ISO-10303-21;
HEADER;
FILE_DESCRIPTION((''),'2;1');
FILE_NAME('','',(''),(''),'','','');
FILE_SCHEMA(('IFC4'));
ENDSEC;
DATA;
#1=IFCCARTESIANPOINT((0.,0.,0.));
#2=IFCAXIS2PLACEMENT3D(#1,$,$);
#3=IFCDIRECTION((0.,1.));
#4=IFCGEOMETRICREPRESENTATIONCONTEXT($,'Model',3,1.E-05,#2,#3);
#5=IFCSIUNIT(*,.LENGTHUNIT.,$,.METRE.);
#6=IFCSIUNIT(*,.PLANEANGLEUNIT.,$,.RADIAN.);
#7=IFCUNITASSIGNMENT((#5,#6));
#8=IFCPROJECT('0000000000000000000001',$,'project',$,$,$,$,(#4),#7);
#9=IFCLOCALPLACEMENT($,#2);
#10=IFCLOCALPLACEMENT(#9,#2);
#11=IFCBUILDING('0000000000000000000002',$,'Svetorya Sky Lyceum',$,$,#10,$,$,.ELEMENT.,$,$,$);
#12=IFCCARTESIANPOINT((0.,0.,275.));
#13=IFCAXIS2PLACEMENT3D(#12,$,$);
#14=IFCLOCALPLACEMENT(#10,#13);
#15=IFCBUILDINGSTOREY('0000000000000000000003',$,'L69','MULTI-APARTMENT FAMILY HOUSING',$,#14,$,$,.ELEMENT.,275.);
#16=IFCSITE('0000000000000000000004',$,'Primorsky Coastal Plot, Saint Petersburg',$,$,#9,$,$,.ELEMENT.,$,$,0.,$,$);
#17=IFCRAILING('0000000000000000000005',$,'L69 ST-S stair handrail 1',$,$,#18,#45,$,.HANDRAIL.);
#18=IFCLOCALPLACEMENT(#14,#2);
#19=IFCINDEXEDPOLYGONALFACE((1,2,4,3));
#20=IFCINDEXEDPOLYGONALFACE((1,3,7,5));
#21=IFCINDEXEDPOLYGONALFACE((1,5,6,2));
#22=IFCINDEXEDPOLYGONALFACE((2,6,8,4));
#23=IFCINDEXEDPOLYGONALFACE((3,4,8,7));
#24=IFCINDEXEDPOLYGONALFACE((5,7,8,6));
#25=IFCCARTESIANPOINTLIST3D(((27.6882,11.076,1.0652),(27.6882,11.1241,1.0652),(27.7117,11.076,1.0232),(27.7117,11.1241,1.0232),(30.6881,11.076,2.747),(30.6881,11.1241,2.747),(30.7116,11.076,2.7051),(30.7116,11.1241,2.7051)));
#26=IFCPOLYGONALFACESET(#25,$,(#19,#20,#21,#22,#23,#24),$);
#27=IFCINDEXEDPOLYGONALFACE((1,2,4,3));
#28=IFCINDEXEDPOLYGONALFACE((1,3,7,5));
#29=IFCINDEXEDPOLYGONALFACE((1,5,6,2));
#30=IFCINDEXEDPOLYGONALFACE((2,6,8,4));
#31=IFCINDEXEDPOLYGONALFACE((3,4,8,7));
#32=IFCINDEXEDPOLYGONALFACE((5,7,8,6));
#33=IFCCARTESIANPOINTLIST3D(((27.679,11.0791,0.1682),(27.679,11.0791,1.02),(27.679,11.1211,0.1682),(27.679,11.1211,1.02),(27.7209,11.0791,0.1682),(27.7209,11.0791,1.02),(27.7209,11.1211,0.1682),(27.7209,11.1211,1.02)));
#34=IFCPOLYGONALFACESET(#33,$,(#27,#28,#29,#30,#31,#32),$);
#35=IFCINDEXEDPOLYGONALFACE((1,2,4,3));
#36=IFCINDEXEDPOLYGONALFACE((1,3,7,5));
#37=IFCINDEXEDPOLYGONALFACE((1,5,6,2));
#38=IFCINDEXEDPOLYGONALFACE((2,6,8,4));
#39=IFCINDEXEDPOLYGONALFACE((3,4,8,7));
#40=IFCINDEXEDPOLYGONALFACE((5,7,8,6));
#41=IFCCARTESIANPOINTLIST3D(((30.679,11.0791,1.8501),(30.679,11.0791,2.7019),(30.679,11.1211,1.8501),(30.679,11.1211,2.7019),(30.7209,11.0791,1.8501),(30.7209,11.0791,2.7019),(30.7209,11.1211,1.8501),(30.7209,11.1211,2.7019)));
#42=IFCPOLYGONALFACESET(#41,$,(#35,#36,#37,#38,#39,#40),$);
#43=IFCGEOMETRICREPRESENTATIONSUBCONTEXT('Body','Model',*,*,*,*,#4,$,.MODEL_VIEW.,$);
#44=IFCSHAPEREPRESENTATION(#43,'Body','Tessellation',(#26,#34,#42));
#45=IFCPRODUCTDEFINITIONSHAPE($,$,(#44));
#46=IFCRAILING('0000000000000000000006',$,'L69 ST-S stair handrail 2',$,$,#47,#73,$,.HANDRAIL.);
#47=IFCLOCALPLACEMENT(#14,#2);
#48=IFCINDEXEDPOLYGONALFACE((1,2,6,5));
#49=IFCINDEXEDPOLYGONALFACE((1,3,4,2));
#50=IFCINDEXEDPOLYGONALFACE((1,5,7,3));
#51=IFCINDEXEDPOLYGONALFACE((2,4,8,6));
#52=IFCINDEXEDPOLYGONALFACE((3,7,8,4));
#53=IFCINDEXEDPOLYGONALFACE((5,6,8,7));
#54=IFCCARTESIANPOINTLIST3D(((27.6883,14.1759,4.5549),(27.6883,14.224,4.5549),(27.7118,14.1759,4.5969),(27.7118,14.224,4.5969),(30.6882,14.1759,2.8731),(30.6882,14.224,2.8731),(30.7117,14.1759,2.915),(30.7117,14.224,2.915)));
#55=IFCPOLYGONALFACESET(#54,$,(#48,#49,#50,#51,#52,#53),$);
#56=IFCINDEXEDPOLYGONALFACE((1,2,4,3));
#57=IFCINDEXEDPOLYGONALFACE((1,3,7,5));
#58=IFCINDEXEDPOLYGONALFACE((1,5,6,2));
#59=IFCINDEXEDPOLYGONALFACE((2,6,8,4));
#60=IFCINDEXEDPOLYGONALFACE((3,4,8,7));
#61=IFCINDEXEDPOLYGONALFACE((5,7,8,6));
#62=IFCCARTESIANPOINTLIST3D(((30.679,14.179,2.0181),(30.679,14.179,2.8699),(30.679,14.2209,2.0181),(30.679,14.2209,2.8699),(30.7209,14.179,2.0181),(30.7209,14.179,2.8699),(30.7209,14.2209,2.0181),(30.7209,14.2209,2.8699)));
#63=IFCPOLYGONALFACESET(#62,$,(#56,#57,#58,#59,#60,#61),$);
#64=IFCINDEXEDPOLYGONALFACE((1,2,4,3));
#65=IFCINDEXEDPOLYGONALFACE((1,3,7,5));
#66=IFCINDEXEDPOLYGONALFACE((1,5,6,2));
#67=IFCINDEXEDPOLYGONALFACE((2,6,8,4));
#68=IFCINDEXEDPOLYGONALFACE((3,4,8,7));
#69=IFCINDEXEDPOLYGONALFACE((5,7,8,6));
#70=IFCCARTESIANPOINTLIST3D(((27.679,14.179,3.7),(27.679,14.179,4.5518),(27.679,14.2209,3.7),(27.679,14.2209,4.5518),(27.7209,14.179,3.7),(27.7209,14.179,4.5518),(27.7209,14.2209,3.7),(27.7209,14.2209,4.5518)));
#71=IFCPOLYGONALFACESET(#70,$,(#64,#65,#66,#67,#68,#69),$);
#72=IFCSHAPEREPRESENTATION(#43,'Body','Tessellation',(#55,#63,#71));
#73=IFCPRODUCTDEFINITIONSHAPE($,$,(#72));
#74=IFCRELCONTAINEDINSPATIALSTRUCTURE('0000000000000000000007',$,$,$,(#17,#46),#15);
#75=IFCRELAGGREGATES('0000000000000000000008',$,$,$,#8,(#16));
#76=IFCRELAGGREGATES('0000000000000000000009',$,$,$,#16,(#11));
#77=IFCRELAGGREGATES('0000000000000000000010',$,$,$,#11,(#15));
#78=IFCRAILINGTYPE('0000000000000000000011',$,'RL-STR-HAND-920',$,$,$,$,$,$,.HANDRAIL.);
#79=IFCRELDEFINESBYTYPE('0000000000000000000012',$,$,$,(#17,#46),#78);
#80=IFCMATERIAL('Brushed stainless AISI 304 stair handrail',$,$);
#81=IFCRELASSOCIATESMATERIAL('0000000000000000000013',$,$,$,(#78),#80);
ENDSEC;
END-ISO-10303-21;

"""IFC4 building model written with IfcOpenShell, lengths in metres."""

from ifc_helpers import new_model, si_unit, direction, frame, origin, origin_2d, place, context, subcontext, project, spatial, rectangle, extrude, material, type_object, element, save


model = new_model("IFC4")

# Units and contexts
model_context = context("Model", 3, precision=1e-05, world=origin(), true_north=direction((0.0, 1.0)))
body_context = subcontext(model_context, "Body", "Model", "MODEL_VIEW")
ifc_project = project(units=[si_unit("LENGTHUNIT", "METRE"), si_unit("PLANEANGLEUNIT", "RADIAN")], contexts=[model_context])

# Site, building, storey
site_placement = place(None, origin())
site = spatial("IfcSite", under=ifc_project, at=site_placement, Name="Primorsky Coastal Plot, Saint Petersburg", CompositionType="ELEMENT", RefElevation=0.0)
building_placement = place(site_placement, origin())
building = spatial("IfcBuilding", under=site, at=building_placement, Name="Svetorya Sky Lyceum", CompositionType="ELEMENT")
storey_placement = place(building_placement, frame((0.0, 0.0, 275.0)))
storey = spatial("IfcBuildingStorey", under=building, at=storey_placement, Name="L69", Description="MULTI-APARTMENT FAMILY HOUSING", CompositionType="ELEMENT", Elevation=275.0)

# Railings
ifc_material_1 = material(Name="Brushed stainless AISI 304 stair handrail")
railing_type_1 = type_object("IfcRailingType", Name="RL-STR-HAND-920", PredefinedType="HANDRAIL", material=ifc_material_1)
railing_1_placement = place(storey_placement, frame((27.7, 11.1001, 0.1682)))
element("IfcRailing", 1, at=railing_1_placement, inside=storey, type_object=railing_type_1, Name="L69 ST-S stair handrail 1", PredefinedType="HANDRAIL", context=body_context, shape_type="SweptSolid", body=[
    extrude(rectangle(XDim=0.0481, YDim=0.0481, at=origin_2d()), frame((0.0, 0.0, 0.876), z_axis=(0.872272, 0.0, 0.48902), x_axis=(0.0, 1.0, 0.0)), (0.0, 0.0, 1.0), 3.4392),
    extrude(rectangle(XDim=0.042, YDim=0.042, at=origin_2d()), origin(), (0.0, 0.0, 1.0), 0.8518),
    extrude(rectangle(XDim=0.042, YDim=0.042, at=origin_2d()), frame((3.0, 0.0, 1.6819)), (0.0, 0.0, 1.0), 0.8518),
])
railing_2_placement = place(storey_placement, frame((30.7, 14.2, 2.0181)))
element("IfcRailing", 2, at=railing_2_placement, inside=storey, type_object=railing_type_1, Name="L69 ST-S stair handrail 2", PredefinedType="HANDRAIL", context=body_context, shape_type="SweptSolid", body=[
    extrude(rectangle(XDim=0.0481, YDim=0.0481, at=origin_2d()), frame((0.0, 0.0, 0.876), z_axis=(-0.872272, 0.0, 0.48902), x_axis=(0.0, -1.0, 0.0)), (0.0, 0.0, 1.0), 3.4392),
    extrude(rectangle(XDim=0.042, YDim=0.042, at=origin_2d()), origin(), (0.0, 0.0, 1.0), 0.8518),
    extrude(rectangle(XDim=0.042, YDim=0.042, at=origin_2d()), frame((-3.0, 0.0, 1.6819)), (0.0, 0.0, 1.0), 0.8518),
])

save(model, "model.ifc")
